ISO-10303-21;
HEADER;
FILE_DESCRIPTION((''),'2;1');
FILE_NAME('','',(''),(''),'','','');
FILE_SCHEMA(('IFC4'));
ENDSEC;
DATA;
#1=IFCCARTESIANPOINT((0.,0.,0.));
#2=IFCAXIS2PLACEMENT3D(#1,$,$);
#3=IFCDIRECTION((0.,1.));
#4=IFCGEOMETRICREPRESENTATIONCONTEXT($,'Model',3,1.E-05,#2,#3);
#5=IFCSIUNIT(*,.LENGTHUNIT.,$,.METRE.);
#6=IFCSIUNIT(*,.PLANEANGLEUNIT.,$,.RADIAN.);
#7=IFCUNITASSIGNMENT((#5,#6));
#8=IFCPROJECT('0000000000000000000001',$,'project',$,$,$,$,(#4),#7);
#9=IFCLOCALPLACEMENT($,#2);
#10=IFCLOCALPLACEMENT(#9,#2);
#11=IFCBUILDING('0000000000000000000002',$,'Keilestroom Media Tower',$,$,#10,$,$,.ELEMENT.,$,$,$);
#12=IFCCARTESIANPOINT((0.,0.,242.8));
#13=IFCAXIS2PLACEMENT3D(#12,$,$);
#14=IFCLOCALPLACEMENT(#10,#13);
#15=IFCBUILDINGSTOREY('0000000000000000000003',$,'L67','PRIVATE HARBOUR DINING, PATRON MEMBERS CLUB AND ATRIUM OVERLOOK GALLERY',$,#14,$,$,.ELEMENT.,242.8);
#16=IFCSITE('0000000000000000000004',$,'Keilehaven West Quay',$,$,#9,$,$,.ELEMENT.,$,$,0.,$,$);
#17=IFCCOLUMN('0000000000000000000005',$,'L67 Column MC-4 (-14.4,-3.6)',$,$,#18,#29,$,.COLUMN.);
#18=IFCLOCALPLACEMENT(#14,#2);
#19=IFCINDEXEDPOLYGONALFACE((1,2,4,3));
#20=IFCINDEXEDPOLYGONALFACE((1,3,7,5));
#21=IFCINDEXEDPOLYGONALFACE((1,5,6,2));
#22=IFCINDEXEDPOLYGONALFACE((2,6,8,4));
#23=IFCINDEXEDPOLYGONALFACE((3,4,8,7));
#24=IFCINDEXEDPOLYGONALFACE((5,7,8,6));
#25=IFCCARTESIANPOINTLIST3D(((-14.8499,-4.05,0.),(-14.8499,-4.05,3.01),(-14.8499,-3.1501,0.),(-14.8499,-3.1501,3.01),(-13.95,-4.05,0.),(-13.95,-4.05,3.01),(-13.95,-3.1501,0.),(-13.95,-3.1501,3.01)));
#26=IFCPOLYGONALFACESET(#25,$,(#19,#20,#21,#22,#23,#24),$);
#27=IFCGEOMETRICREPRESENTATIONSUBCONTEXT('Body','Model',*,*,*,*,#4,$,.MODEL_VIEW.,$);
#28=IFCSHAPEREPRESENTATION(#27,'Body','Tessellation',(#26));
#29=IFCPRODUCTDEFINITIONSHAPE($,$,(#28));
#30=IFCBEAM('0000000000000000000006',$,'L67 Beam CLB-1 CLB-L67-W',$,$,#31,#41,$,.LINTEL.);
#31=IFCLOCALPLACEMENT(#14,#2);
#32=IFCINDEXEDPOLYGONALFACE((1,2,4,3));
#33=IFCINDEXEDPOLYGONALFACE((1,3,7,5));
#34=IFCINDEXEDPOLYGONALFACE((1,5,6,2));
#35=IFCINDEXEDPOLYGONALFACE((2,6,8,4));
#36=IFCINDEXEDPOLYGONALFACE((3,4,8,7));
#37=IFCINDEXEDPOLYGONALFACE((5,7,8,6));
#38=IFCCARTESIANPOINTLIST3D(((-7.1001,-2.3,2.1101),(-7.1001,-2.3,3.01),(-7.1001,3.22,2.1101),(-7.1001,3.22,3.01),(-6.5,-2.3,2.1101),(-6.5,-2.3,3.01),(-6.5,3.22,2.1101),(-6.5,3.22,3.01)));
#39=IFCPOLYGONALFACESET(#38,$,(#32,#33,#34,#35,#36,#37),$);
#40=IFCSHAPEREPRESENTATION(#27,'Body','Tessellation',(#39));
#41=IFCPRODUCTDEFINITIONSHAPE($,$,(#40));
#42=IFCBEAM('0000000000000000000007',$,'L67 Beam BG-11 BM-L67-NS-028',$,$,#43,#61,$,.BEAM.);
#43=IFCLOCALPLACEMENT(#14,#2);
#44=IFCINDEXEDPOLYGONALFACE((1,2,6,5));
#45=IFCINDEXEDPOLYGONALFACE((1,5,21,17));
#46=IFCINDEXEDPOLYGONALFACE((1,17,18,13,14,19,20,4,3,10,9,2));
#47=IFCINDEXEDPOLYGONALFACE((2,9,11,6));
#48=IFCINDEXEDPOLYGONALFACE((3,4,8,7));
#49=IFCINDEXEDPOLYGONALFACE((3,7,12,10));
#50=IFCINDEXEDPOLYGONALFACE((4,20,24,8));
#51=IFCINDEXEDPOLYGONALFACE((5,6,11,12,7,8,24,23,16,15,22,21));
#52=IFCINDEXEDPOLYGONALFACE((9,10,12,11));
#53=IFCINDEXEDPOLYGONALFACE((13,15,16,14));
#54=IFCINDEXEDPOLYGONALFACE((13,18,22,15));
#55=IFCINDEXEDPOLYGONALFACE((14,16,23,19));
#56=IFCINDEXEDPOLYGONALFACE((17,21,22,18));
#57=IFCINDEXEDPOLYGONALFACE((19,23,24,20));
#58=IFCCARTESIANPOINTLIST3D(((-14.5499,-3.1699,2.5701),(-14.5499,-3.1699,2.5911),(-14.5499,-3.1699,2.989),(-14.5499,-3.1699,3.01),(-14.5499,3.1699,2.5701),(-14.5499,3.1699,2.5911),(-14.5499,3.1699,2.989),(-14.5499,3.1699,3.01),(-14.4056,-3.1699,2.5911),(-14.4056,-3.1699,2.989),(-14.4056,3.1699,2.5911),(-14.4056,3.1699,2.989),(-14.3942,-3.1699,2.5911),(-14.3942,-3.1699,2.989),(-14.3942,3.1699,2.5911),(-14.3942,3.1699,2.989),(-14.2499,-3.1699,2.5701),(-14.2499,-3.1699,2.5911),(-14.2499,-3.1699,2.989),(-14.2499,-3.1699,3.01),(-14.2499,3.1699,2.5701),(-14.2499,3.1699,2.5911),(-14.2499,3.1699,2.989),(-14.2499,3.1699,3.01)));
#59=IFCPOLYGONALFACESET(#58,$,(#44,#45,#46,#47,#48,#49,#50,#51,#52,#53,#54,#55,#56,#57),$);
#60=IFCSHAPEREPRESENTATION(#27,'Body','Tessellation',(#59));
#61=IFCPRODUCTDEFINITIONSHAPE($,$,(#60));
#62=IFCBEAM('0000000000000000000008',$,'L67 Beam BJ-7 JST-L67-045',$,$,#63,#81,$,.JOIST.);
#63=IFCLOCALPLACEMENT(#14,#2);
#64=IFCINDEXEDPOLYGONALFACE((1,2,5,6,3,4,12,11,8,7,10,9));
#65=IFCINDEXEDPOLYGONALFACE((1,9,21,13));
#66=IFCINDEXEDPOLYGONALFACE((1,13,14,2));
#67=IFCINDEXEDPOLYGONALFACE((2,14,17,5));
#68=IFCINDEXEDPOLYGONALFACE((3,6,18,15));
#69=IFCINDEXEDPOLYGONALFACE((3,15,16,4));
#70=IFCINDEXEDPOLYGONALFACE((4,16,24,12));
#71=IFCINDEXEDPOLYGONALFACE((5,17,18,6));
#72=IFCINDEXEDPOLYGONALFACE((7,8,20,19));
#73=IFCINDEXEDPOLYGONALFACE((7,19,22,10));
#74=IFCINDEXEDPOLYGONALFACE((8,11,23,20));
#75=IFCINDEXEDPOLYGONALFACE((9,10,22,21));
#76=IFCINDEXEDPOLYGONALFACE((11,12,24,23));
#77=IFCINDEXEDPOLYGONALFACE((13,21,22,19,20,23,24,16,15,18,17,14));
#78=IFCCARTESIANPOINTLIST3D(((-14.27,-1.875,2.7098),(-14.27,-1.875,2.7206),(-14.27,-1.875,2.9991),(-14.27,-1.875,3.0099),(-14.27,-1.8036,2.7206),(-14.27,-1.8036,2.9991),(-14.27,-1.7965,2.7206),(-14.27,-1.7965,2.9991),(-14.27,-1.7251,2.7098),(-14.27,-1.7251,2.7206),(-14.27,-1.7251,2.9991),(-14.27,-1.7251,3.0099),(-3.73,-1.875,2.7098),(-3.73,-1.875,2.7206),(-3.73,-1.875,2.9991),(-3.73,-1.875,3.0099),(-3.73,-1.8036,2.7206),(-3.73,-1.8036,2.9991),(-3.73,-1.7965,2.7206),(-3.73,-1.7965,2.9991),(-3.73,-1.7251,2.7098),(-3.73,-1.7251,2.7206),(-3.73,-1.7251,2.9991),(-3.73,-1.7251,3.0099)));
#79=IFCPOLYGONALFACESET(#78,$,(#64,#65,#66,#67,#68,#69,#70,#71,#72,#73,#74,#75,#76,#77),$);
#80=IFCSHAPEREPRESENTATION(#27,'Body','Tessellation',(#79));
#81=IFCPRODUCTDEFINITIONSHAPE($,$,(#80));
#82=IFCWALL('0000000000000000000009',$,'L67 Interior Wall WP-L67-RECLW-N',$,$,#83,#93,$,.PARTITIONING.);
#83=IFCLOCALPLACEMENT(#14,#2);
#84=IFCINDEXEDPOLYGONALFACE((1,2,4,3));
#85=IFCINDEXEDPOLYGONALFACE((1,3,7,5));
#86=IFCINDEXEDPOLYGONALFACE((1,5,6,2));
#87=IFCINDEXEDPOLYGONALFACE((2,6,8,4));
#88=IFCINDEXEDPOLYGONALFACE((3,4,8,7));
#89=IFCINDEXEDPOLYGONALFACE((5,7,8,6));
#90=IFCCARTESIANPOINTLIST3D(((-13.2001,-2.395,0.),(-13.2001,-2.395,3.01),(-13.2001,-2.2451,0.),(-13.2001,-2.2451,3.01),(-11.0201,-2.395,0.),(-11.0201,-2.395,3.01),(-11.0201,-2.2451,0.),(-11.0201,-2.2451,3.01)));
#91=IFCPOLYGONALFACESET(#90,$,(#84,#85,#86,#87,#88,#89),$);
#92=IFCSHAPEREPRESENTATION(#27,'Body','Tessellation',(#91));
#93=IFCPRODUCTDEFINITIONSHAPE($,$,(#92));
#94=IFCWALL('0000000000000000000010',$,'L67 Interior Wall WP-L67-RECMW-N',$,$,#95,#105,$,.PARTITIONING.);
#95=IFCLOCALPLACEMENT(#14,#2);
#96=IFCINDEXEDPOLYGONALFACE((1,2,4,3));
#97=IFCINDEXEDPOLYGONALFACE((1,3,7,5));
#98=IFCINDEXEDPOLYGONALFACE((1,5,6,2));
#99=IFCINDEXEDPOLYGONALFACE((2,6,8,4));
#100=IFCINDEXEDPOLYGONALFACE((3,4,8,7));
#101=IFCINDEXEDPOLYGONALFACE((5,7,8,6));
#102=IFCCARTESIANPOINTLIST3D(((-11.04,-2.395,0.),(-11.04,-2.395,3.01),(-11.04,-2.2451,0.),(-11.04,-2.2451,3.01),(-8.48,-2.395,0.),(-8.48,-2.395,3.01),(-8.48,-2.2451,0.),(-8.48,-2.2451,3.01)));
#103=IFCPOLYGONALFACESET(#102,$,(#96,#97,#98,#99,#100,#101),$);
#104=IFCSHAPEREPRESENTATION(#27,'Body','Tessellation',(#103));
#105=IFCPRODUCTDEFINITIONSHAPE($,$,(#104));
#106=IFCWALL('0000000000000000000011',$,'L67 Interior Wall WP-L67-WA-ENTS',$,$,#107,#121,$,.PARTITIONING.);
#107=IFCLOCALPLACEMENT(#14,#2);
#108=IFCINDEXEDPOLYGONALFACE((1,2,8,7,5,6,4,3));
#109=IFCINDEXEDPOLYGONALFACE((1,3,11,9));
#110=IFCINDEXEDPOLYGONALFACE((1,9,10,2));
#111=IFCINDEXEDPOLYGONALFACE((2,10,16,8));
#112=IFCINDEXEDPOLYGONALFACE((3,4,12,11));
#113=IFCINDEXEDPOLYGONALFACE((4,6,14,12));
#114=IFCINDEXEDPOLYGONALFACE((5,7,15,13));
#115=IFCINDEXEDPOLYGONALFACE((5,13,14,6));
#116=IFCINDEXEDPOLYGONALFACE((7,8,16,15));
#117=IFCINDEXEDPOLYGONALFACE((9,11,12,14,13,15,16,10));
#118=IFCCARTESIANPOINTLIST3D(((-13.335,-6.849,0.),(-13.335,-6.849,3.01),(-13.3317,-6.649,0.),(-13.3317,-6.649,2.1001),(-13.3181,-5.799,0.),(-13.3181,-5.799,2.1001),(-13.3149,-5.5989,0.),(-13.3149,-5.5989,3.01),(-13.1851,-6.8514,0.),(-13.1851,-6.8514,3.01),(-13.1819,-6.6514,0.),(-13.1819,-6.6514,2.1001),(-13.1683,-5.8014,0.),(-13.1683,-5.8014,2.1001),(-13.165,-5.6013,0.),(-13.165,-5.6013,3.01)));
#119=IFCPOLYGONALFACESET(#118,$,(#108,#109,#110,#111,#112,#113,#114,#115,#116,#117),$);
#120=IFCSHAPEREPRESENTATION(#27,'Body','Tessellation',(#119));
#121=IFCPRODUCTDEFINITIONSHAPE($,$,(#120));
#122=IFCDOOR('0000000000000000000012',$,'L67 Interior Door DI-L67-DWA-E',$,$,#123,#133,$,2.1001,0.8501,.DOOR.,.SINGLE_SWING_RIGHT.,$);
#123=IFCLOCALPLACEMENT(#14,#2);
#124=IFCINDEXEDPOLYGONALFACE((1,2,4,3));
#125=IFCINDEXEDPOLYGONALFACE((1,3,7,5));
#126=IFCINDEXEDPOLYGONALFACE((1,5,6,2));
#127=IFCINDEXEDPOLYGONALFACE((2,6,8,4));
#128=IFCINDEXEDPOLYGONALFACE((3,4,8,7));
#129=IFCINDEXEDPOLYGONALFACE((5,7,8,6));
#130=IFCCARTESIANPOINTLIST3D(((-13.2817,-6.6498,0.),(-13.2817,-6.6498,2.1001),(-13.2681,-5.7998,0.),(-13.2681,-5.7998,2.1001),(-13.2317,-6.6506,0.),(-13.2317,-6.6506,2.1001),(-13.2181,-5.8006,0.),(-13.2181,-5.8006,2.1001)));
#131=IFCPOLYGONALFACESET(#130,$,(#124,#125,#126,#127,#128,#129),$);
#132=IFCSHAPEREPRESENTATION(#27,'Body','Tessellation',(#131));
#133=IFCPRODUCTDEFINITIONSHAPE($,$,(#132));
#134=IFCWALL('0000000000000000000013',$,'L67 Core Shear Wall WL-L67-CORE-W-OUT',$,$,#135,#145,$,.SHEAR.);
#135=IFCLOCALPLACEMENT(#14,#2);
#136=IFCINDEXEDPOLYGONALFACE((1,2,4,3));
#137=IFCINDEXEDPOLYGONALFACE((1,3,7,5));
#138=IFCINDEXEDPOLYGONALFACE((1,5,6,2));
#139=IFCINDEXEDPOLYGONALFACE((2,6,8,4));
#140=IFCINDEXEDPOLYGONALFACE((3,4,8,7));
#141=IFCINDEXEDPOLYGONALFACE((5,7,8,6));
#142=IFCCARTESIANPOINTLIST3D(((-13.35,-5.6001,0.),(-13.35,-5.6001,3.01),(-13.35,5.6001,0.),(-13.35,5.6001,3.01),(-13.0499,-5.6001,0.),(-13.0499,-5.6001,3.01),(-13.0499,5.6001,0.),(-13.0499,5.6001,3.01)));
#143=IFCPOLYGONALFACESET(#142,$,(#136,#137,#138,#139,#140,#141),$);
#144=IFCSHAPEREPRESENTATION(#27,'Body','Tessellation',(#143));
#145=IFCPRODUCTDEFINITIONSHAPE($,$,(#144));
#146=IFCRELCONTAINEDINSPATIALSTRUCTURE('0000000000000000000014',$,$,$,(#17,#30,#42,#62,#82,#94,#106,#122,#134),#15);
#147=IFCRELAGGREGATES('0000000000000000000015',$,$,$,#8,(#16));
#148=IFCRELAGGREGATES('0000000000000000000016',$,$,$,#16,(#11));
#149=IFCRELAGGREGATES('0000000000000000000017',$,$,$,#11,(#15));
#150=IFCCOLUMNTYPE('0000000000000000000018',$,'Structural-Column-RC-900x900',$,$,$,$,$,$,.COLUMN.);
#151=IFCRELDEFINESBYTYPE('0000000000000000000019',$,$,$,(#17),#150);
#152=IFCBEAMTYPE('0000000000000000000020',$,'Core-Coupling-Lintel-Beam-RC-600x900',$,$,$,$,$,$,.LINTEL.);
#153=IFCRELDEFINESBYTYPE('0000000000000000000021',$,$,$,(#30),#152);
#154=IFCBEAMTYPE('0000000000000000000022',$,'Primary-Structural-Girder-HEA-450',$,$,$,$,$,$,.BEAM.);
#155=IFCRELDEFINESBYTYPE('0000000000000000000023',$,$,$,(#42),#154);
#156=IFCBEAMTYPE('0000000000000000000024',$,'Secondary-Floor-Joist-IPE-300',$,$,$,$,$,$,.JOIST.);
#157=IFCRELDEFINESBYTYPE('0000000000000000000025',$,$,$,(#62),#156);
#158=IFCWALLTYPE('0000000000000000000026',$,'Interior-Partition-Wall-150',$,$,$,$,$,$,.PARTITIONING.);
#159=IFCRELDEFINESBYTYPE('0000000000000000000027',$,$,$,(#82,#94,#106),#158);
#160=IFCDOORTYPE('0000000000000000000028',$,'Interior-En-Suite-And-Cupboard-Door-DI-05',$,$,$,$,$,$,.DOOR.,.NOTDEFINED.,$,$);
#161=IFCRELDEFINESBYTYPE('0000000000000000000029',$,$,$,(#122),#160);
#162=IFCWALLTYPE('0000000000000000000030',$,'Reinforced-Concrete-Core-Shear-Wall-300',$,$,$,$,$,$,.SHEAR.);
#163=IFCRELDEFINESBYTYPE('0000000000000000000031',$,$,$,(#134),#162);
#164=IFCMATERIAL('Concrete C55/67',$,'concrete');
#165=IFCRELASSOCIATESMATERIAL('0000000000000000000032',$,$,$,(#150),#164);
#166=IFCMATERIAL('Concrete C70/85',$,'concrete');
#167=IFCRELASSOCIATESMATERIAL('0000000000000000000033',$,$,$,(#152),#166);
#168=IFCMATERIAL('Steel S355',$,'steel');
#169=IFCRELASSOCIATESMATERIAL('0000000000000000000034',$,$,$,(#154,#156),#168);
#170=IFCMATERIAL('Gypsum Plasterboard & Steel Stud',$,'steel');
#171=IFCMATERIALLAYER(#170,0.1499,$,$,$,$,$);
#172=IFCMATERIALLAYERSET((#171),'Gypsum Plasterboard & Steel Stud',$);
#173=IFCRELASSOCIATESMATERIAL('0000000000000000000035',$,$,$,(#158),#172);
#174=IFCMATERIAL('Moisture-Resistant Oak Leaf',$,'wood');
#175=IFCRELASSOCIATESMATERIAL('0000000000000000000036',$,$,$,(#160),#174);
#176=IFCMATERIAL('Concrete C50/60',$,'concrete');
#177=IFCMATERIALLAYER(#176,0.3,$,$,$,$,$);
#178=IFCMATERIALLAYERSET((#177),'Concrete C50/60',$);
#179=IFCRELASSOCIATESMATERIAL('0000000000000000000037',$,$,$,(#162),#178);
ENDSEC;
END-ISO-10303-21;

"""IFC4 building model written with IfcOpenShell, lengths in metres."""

from ifc_helpers import new_model, si_unit, direction, frame, frame_2d, origin, origin_2d, place, context, subcontext, project, spatial, rectangle, i_section, extrude, source, transform, mapped, material, layer, layer_set, material_profile, profile_set, type_object, element, fill, save


model = new_model("IFC4")

# Units and contexts
model_context = context("Model", 3, precision=1e-05, world=origin(), true_north=direction((0.0, 1.0)))
body_context = subcontext(model_context, "Body", "Model", "MODEL_VIEW")
ifc_project = project(units=[si_unit("LENGTHUNIT", "METRE"), si_unit("PLANEANGLEUNIT", "RADIAN")], contexts=[model_context])

# Site, building, storey
site_placement = place(None, origin())
site = spatial("IfcSite", under=ifc_project, at=site_placement, Name="Keilehaven West Quay", CompositionType="ELEMENT", RefElevation=0.0)
building_placement = place(site_placement, origin())
building = spatial("IfcBuilding", under=site, at=building_placement, Name="Keilestroom Media Tower", CompositionType="ELEMENT")
storey_placement = place(building_placement, frame((0.0, 0.0, 242.8)))
storey = spatial("IfcBuildingStorey", under=building, at=storey_placement, Name="L67", Description="PRIVATE HARBOUR DINING, PATRON MEMBERS CLUB AND ATRIUM OVERLOOK GALLERY", CompositionType="ELEMENT", Elevation=242.8)

# Column
ifc_material_1 = material(Name="Concrete C55/67", Category="concrete")
ifc_material_profile_1 = material_profile(ifc_material_1, rectangle(XDim=0.8999, YDim=0.8999, at=origin_2d()), Name="RC 900x900")
ifc_profile_set_1 = profile_set([ifc_material_profile_1], Name="Concrete C55/67")
column_type = type_object("IfcColumnType", Name="Structural-Column-RC-900x900", PredefinedType="COLUMN", material=ifc_profile_set_1)
shared_shape_1 = source(origin(), body_context, "Body", "SweptSolid", [
    extrude(rectangle(XDim=0.8999, YDim=0.8999, at=origin_2d()), origin(), (0.0, 0.0, 1.0), 3.01),
])
column_placement = place(storey_placement, frame((-14.3999, -3.6001, 0.0), z_axis=(0.0, 0.0, 1.0), x_axis=(1.0, 0.0, 0.0)))
element("IfcColumn", 1, at=column_placement, inside=storey, type_object=column_type, Name="L67 Column MC-4 (-14.4,-3.6)", PredefinedType="COLUMN", context=body_context, shape_type="MappedRepresentation", body=[
    mapped(shared_shape_1, transform((0.0, 0.0, 0.0), x_axis=(1.0, 0.0, 0.0), y_axis=(0.0, 1.0, 0.0), z_axis=(0.0, 0.0, 1.0), scale=1.0)),
])

# Beams
ifc_material_2 = material(Name="Concrete C70/85", Category="concrete")
ifc_material_profile_2 = material_profile(ifc_material_2, rectangle(XDim=0.6001, YDim=0.8999, at=origin_2d()), Name="RC 600x900")
ifc_profile_set_2 = profile_set([ifc_material_profile_2], Name="Concrete C70/85")
beam_type_1 = type_object("IfcBeamType", Name="Core-Coupling-Lintel-Beam-RC-600x900", PredefinedType="LINTEL", material=ifc_profile_set_2)
shared_shape_2 = source(origin(), body_context, "Body", "SweptSolid", [
    extrude(rectangle(XDim=0.6001, YDim=0.8999, at=origin_2d()), origin(), (0.0, 0.0, 1.0), 5.52),
])
beam_1_placement = place(storey_placement, frame((-6.8, -2.3, 2.5601), z_axis=(0.0, 1.0, 0.0), x_axis=(-1.0, 0.0, 0.0)))
element("IfcBeam", 2, at=beam_1_placement, inside=storey, type_object=beam_type_1, Name="L67 Beam CLB-1 CLB-L67-W", PredefinedType="LINTEL", context=body_context, shape_type="MappedRepresentation", body=[
    mapped(shared_shape_2, transform((0.0, 0.0, 0.0), x_axis=(1.0, 0.0, 0.0), y_axis=(0.0, 1.0, 0.0), z_axis=(0.0, 0.0, 1.0), scale=1.0)),
])
ifc_material_3 = material(Name="Steel S355", Category="steel")
ifc_material_profile_3 = material_profile(ifc_material_3, i_section(OverallWidth=0.3, OverallDepth=0.4399, WebThickness=0.0115, FlangeThickness=0.021, at=origin_2d()), Name="HEA 450")
ifc_profile_set_3 = profile_set([ifc_material_profile_3], Name="Steel S355")
beam_type_2 = type_object("IfcBeamType", Name="Primary-Structural-Girder-HEA-450", PredefinedType="BEAM", material=ifc_profile_set_3)
shared_shape_3 = source(origin(), body_context, "Body", "SweptSolid", [
    extrude(i_section(OverallWidth=0.3, OverallDepth=0.4399, WebThickness=0.0115, FlangeThickness=0.021, at=origin_2d()), origin(), (0.0, 0.0, 1.0), 6.3398),
])
beam_2_placement = place(storey_placement, frame((-14.3999, -3.1699, 2.79), z_axis=(0.0, 1.0, 0.0), x_axis=(-1.0, 0.0, 0.0)))
element("IfcBeam", 3, at=beam_2_placement, inside=storey, type_object=beam_type_2, Name="L67 Beam BG-11 BM-L67-NS-028", PredefinedType="BEAM", context=body_context, shape_type="MappedRepresentation", body=[
    mapped(shared_shape_3, transform((0.0, 0.0, 0.0), x_axis=(1.0, 0.0, 0.0), y_axis=(0.0, 1.0, 0.0), z_axis=(0.0, 0.0, 1.0), scale=1.0)),
])
ifc_material_profile_4 = material_profile(ifc_material_3, i_section(OverallWidth=0.1499, OverallDepth=0.3, WebThickness=0.0071, FlangeThickness=0.0107, at=origin_2d()), Name="IPE 300")
ifc_profile_set_4 = profile_set([ifc_material_profile_4], Name="Steel S355")
beam_type_3 = type_object("IfcBeamType", Name="Secondary-Floor-Joist-IPE-300", PredefinedType="JOIST", material=ifc_profile_set_4)
shared_shape_4 = source(origin(), body_context, "Body", "SweptSolid", [
    extrude(i_section(OverallWidth=0.1499, OverallDepth=0.3, WebThickness=0.0071, FlangeThickness=0.0107, at=origin_2d()), origin(), (0.0, 0.0, 1.0), 10.54),
])
beam_3_placement = place(storey_placement, frame((-14.27, -1.8, 2.8599), z_axis=(1.0, 0.0, 0.0), x_axis=(0.0, 1.0, 0.0)))
element("IfcBeam", 4, at=beam_3_placement, inside=storey, type_object=beam_type_3, Name="L67 Beam BJ-7 JST-L67-045", PredefinedType="JOIST", context=body_context, shape_type="MappedRepresentation", body=[
    mapped(shared_shape_4, transform((0.0, 0.0, 0.0), x_axis=(1.0, 0.0, 0.0), y_axis=(0.0, 1.0, 0.0), z_axis=(0.0, 0.0, 1.0), scale=1.0)),
])

# Walls
ifc_material_4 = material(Name="Gypsum Plasterboard & Steel Stud", Category="steel")
ifc_layer_1 = layer(ifc_material_4, 0.1499)
ifc_layer_set_1 = layer_set([ifc_layer_1], Name="Gypsum Plasterboard & Steel Stud")
wall_type_1 = type_object("IfcWallType", Name="Interior-Partition-Wall-150", PredefinedType="PARTITIONING", material=ifc_layer_set_1)
wall_1_placement = place(storey_placement, frame((-13.2, -2.3201, 0.0), z_axis=(0.0, 0.0, 1.0), x_axis=(1.0, 0.0, 0.0)))
element("IfcWall", 5, at=wall_1_placement, inside=storey, type_object=wall_type_1, Name="L67 Interior Wall WP-L67-RECLW-N", PredefinedType="PARTITIONING", context=body_context, shape_type="SweptSolid", body=[
    extrude(rectangle(XDim=2.1799, YDim=0.1499, at=frame_2d((1.0898, 0.0))), origin(), (0.0, 0.0, 1.0), 3.01),
])
wall_2_placement = place(storey_placement, frame((-11.04, -2.3201, 0.0), z_axis=(0.0, 0.0, 1.0), x_axis=(1.0, 0.0, 0.0)))
element("IfcWall", 6, at=wall_2_placement, inside=storey, type_object=wall_type_1, Name="L67 Interior Wall WP-L67-RECMW-N", PredefinedType="PARTITIONING", context=body_context, shape_type="SweptSolid", body=[
    extrude(rectangle(XDim=2.5601, YDim=0.1499, at=frame_2d((1.28, 0.0))), origin(), (0.0, 0.0, 1.0), 3.01),
])

# Wall, opening, door
wall_3_placement = place(storey_placement, frame((-13.26, -6.8501, 0.0), z_axis=(0.0, 0.0, 1.0), x_axis=(0.016014, 0.999872, 0.0)))
wall_3 = element("IfcWall", 7, at=wall_3_placement, inside=storey, type_object=wall_type_1, Name="L67 Interior Wall WP-L67-WA-ENTS", PredefinedType="PARTITIONING", context=body_context, shape_type="SweptSolid", body=[
    extrude(rectangle(XDim=1.2502, YDim=0.1499, at=frame_2d((0.625, 0.0))), origin(), (0.0, 0.0, 1.0), 3.01),
])
opening_1_placement = place(wall_3_placement, frame((0.2, 0.0, 0.0)))
opening_1 = element("IfcOpeningElement", 8, at=opening_1_placement, cuts=wall_3, PredefinedType="OPENING", context=body_context, shape_type="SweptSolid", body=[
    extrude(rectangle(XDim=0.8501, YDim=2.1001, at=frame_2d((0.425, 1.05))), frame((0.0, 0.085, 0.0), z_axis=(0.0, -1.0, 0.0), x_axis=(1.0, 0.0, 0.0)), (0.0, 0.0, 1.0), 0.1699),
])
ifc_material_5 = material(Name="Moisture-Resistant Oak Leaf", Category="wood")
door_type_1 = type_object("IfcDoorType", Name="Interior-En-Suite-And-Cupboard-Door-DI-05", OperationType="NOTDEFINED", PredefinedType="DOOR", material=ifc_material_5)
shared_shape_5 = source(origin(), body_context, "Body", "SweptSolid", [
    extrude(rectangle(XDim=0.8501, YDim=2.1001, at=frame_2d((0.425, 1.05))), frame((0.0, 0.0249, 0.0), z_axis=(0.0, -1.0, 0.0), x_axis=(1.0, 0.0, 0.0)), (0.0, 0.0, 1.0), 0.05),
])
door_1_placement = place(opening_1_placement, origin())
door_1 = element("IfcDoor", 9, at=door_1_placement, inside=storey, type_object=door_type_1, Name="L67 Interior Door DI-L67-DWA-E", OperationType="SINGLE_SWING_RIGHT", OverallHeight=2.1001, OverallWidth=0.8501, PredefinedType="DOOR", context=body_context, shape_type="MappedRepresentation", body=[
    mapped(shared_shape_5, transform((0.0, 0.0, 0.0), x_axis=(1.0, 0.0, 0.0), y_axis=(0.0, 1.0, 0.0), z_axis=(0.0, 0.0, 1.0), scale=1.0)),
])
fill(opening_1, door_1)

# Wall
ifc_material_6 = material(Name="Concrete C50/60", Category="concrete")
ifc_layer_2 = layer(ifc_material_6, 0.3)
ifc_layer_set_2 = layer_set([ifc_layer_2], Name="Concrete C50/60")
wall_type_2 = type_object("IfcWallType", Name="Reinforced-Concrete-Core-Shear-Wall-300", PredefinedType="SHEAR", material=ifc_layer_set_2)
wall_4_placement = place(storey_placement, frame((-13.2, -5.6001, 0.0), z_axis=(0.0, 0.0, 1.0), x_axis=(0.0, 1.0, 0.0)))
element("IfcWall", 10, at=wall_4_placement, inside=storey, type_object=wall_type_2, Name="L67 Core Shear Wall WL-L67-CORE-W-OUT", PredefinedType="SHEAR", context=body_context, shape_type="SweptSolid", body=[
    extrude(rectangle(XDim=11.2002, YDim=0.3, at=frame_2d((5.6001, 0.0))), origin(), (0.0, 0.0, 1.0), 3.01),
])

save(model, "model.ifc")
